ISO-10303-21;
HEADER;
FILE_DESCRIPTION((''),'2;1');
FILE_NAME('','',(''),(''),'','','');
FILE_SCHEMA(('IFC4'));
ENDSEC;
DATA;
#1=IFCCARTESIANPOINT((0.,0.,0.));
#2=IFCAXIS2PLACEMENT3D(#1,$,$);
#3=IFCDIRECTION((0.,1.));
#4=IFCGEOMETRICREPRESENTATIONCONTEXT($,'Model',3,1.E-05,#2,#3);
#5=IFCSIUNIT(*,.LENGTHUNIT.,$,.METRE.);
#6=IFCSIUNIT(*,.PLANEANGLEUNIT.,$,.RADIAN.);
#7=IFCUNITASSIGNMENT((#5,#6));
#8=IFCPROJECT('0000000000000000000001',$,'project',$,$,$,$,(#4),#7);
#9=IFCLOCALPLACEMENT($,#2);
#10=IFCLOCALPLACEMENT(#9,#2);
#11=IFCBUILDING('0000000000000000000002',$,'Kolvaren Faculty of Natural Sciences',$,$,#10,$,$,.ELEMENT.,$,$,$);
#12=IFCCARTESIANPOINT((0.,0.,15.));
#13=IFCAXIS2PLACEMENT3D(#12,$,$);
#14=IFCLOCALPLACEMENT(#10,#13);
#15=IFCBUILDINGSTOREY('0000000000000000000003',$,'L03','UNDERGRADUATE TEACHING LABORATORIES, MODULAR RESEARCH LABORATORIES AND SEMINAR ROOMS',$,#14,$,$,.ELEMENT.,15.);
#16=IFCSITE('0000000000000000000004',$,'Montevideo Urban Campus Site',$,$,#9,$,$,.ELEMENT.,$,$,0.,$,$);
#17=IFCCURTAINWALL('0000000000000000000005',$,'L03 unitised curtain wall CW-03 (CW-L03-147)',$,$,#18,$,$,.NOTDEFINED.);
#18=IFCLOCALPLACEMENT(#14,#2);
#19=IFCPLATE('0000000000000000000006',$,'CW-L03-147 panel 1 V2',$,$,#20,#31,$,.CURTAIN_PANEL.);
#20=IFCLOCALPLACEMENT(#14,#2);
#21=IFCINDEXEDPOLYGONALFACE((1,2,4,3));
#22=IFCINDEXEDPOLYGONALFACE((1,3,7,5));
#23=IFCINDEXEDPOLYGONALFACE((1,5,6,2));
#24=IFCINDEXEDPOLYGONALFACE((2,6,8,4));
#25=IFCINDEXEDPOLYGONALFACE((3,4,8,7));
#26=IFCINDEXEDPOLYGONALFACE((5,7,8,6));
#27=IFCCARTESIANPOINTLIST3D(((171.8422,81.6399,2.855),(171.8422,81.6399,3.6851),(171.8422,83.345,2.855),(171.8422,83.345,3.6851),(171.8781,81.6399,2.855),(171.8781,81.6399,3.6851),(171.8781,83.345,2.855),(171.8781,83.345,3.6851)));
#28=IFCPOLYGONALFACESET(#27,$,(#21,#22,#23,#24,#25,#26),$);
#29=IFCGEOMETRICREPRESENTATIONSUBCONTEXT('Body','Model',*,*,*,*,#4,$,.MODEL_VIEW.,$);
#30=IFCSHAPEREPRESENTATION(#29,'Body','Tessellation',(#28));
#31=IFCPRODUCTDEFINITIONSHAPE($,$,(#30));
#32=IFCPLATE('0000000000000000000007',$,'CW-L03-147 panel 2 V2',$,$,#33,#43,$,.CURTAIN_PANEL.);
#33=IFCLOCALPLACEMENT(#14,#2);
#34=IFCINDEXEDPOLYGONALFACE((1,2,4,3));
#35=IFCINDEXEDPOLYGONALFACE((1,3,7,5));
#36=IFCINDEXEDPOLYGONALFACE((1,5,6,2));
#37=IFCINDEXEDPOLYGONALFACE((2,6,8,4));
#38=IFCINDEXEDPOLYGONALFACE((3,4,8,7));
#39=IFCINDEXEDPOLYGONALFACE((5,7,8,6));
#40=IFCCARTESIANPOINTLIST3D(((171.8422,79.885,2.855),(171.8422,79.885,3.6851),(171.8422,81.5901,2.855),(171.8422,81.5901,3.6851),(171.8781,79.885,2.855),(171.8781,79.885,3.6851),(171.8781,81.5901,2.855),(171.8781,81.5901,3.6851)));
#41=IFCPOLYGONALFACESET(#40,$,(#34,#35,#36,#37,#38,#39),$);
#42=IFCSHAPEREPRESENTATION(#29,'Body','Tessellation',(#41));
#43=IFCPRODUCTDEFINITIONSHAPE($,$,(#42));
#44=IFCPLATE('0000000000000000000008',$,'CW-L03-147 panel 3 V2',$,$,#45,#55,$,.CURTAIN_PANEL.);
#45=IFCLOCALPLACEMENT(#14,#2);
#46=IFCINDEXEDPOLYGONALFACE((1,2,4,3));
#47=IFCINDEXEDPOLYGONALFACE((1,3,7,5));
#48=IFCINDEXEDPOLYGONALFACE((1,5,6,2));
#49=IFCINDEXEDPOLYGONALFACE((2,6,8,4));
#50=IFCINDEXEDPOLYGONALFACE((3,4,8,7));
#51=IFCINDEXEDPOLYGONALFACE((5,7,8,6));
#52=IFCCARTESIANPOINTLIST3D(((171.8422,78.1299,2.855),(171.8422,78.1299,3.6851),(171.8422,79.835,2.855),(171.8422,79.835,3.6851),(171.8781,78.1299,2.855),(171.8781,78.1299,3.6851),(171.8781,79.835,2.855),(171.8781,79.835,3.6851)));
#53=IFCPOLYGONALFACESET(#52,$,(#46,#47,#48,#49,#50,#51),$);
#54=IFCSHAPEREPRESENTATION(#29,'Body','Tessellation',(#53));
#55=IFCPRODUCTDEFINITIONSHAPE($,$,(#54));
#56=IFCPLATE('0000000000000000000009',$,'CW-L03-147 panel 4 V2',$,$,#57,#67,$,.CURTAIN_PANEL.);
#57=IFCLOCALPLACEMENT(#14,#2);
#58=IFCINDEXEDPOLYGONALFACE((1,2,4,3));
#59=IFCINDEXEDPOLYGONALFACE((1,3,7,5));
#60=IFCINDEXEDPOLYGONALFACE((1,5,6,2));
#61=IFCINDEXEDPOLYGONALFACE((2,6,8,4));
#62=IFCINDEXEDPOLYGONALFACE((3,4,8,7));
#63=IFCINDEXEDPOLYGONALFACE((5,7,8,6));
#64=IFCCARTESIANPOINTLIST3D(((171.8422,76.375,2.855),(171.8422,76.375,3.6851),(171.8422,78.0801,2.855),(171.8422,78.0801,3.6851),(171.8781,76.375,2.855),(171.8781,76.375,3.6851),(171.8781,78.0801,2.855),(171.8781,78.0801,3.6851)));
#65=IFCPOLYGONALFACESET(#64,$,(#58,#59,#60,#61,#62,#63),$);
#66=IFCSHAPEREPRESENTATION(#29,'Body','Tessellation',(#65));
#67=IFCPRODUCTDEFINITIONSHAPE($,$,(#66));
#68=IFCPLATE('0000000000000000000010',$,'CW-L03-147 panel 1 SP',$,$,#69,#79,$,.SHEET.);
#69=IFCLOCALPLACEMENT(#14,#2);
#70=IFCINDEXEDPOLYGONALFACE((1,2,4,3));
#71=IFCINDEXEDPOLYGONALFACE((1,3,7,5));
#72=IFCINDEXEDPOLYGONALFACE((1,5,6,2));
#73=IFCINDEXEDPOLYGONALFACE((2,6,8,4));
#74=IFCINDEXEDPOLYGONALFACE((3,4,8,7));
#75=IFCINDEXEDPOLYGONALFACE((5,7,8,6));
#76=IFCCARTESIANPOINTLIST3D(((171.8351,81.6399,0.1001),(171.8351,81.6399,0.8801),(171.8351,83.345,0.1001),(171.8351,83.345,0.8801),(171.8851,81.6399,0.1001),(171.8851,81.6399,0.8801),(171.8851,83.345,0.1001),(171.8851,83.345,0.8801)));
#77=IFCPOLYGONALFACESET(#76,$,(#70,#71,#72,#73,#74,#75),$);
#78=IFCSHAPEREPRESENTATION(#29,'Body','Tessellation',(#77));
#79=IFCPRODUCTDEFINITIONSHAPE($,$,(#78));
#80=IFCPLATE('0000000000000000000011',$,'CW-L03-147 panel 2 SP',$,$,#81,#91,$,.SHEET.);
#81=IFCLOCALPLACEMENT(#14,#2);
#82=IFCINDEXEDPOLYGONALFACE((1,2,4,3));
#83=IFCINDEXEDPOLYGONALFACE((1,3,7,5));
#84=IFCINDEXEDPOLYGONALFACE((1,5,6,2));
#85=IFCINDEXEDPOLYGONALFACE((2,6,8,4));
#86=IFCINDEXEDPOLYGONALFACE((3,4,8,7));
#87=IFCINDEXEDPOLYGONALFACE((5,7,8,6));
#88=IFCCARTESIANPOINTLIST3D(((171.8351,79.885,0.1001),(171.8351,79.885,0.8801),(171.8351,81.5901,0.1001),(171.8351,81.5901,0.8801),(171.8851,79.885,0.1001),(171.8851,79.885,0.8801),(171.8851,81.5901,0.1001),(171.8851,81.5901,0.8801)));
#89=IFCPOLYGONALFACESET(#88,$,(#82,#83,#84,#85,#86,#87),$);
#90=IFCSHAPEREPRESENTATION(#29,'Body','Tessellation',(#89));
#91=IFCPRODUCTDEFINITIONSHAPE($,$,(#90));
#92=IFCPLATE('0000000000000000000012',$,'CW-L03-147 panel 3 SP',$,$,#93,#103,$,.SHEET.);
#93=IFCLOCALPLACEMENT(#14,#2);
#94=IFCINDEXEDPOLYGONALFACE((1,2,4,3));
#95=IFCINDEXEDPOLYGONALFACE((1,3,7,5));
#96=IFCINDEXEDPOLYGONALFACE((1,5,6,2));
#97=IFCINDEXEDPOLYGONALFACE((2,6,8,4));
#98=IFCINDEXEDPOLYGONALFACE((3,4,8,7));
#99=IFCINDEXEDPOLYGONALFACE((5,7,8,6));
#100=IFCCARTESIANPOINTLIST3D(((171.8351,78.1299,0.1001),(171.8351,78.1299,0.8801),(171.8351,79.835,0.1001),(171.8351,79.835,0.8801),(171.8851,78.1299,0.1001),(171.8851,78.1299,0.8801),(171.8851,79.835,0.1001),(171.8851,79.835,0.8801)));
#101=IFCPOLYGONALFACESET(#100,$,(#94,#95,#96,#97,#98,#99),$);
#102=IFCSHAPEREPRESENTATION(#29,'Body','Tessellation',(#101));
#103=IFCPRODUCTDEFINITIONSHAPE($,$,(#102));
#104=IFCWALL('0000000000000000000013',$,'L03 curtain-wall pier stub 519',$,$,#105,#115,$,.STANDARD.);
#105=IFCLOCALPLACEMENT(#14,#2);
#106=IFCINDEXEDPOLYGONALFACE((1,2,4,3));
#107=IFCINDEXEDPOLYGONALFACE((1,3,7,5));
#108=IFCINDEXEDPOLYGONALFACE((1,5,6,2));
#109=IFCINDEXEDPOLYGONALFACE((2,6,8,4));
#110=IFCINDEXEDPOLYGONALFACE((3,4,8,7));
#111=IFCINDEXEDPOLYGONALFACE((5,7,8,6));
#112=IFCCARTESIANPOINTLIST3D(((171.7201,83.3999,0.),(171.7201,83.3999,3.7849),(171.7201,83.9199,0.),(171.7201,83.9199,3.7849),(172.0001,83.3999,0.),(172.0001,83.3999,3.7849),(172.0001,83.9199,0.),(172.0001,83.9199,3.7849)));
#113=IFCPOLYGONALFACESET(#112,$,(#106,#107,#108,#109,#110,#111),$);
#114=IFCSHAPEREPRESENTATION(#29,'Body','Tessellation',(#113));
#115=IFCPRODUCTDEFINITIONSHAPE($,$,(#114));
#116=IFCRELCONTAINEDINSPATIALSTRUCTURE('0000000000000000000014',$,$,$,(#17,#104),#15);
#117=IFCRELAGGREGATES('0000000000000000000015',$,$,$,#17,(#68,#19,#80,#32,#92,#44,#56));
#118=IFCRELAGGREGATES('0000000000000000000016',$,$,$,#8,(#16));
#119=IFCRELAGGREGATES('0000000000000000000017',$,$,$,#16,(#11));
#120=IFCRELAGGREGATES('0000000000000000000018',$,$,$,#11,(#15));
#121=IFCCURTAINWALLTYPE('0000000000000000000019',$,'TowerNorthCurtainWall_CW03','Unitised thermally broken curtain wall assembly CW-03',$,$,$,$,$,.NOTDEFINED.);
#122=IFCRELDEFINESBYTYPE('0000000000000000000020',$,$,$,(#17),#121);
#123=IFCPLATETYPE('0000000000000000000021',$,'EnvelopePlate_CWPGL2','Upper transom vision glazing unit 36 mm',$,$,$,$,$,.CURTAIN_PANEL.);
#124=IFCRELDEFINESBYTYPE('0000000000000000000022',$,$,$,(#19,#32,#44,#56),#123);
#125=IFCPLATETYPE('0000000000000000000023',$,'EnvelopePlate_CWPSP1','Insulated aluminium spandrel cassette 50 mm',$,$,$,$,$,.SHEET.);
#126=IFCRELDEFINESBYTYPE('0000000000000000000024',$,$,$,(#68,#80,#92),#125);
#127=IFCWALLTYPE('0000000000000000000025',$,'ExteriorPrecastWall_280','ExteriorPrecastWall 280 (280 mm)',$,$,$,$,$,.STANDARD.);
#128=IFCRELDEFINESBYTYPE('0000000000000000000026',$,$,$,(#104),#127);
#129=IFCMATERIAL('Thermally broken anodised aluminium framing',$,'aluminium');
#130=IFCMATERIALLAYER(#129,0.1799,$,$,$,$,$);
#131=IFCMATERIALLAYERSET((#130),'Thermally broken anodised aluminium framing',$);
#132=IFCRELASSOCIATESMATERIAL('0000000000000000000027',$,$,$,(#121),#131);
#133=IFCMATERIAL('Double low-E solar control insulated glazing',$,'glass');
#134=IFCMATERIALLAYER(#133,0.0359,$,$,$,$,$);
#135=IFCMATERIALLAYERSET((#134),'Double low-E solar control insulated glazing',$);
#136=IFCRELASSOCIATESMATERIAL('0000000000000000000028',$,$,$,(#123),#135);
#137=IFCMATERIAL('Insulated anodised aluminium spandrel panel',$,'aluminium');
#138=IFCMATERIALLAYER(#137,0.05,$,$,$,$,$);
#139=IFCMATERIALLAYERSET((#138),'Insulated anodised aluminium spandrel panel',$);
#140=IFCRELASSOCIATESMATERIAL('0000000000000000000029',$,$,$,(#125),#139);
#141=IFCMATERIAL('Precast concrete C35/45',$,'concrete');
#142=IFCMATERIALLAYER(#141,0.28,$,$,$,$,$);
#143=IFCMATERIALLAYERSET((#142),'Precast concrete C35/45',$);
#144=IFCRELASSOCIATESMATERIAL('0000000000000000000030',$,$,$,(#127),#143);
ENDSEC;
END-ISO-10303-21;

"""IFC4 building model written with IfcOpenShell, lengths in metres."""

from ifc_helpers import new_model, si_unit, direction, frame, frame_2d, origin, origin_2d, place, context, subcontext, project, spatial, rectangle, extrude, material, layer, layer_set, type_object, element, aggregate, save


model = new_model("IFC4")

# Units and contexts
model_context = context("Model", 3, precision=1e-05, world=origin(), true_north=direction((0.0, 1.0)))
body_context = subcontext(model_context, "Body", "Model", "MODEL_VIEW")
ifc_project = project(units=[si_unit("LENGTHUNIT", "METRE"), si_unit("PLANEANGLEUNIT", "RADIAN")], contexts=[model_context])

# Site, building, storey
site_placement = place(None, origin())
site = spatial("IfcSite", under=ifc_project, at=site_placement, Name="Montevideo Urban Campus Site", CompositionType="ELEMENT", RefElevation=0.0)
building_placement = place(site_placement, origin())
building = spatial("IfcBuilding", under=site, at=building_placement, Name="Kolvaren Faculty of Natural Sciences", CompositionType="ELEMENT")
storey_placement = place(building_placement, frame((0.0, 0.0, 15.0)))
storey = spatial("IfcBuildingStorey", under=building, at=storey_placement, Name="L03", Description="UNDERGRADUATE TEACHING LABORATORIES, MODULAR RESEARCH LABORATORIES AND SEMINAR ROOMS", CompositionType="ELEMENT", Elevation=15.0)

# Curtain wall
ifc_material_1 = material(Name="Thermally broken anodised aluminium framing", Category="aluminium")
ifc_layer_1 = layer(ifc_material_1, 0.1799)
ifc_layer_set_1 = layer_set([ifc_layer_1], Name="Thermally broken anodised aluminium framing")
curtain_wall_type = type_object("IfcCurtainWallType", Name="TowerNorthCurtainWall_CW03", Description="Unitised thermally broken curtain wall assembly CW-03", PredefinedType="NOTDEFINED", material=ifc_layer_set_1)
curtain_wall_placement = place(storey_placement, origin())
curtain_wall = element("IfcCurtainWall", 1, at=curtain_wall_placement, inside=storey, type_object=curtain_wall_type, Name="L03 unitised curtain wall CW-03 (CW-L03-147)", PredefinedType="NOTDEFINED")

# Plates
ifc_material_2 = material(Name="Double low-E solar control insulated glazing", Category="glass")
ifc_layer_2 = layer(ifc_material_2, 0.0359)
ifc_layer_set_2 = layer_set([ifc_layer_2], Name="Double low-E solar control insulated glazing")
plate_type_1 = type_object("IfcPlateType", Name="EnvelopePlate_CWPGL2", Description="Upper transom vision glazing unit 36 mm", PredefinedType="CURTAIN_PANEL", material=ifc_layer_set_2)
plate_1_placement = place(storey_placement, frame((171.8601, 82.4924, 2.855), z_axis=(0.0, 0.0, 1.0), x_axis=(0.0, -1.0, 0.0)))
plate_1 = element("IfcPlate", 2, at=plate_1_placement, type_object=plate_type_1, Name="CW-L03-147 panel 1 V2", PredefinedType="CURTAIN_PANEL", context=body_context, shape_type="SweptSolid", body=[
    extrude(rectangle(XDim=1.7051, YDim=0.0359, at=origin_2d()), origin(), (0.0, 0.0, 1.0), 0.8301),
])
plate_2_placement = place(storey_placement, frame((171.8601, 80.7375, 2.855), z_axis=(0.0, 0.0, 1.0), x_axis=(0.0, -1.0, 0.0)))
plate_2 = element("IfcPlate", 3, at=plate_2_placement, type_object=plate_type_1, Name="CW-L03-147 panel 2 V2", PredefinedType="CURTAIN_PANEL", context=body_context, shape_type="SweptSolid", body=[
    extrude(rectangle(XDim=1.7051, YDim=0.0359, at=origin_2d()), origin(), (0.0, 0.0, 1.0), 0.8301),
])
plate_3_placement = place(storey_placement, frame((171.8601, 78.9824, 2.855), z_axis=(0.0, 0.0, 1.0), x_axis=(0.0, -1.0, 0.0)))
plate_3 = element("IfcPlate", 4, at=plate_3_placement, type_object=plate_type_1, Name="CW-L03-147 panel 3 V2", PredefinedType="CURTAIN_PANEL", context=body_context, shape_type="SweptSolid", body=[
    extrude(rectangle(XDim=1.7051, YDim=0.0359, at=origin_2d()), origin(), (0.0, 0.0, 1.0), 0.8301),
])
plate_4_placement = place(storey_placement, frame((171.8601, 77.2275, 2.855), z_axis=(0.0, 0.0, 1.0), x_axis=(0.0, -1.0, 0.0)))
plate_4 = element("IfcPlate", 5, at=plate_4_placement, type_object=plate_type_1, Name="CW-L03-147 panel 4 V2", PredefinedType="CURTAIN_PANEL", context=body_context, shape_type="SweptSolid", body=[
    extrude(rectangle(XDim=1.7051, YDim=0.0359, at=origin_2d()), origin(), (0.0, 0.0, 1.0), 0.8301),
])
ifc_material_3 = material(Name="Insulated anodised aluminium spandrel panel", Category="aluminium")
ifc_layer_3 = layer(ifc_material_3, 0.05)
ifc_layer_set_3 = layer_set([ifc_layer_3], Name="Insulated anodised aluminium spandrel panel")
plate_type_2 = type_object("IfcPlateType", Name="EnvelopePlate_CWPSP1", Description="Insulated aluminium spandrel cassette 50 mm", PredefinedType="SHEET", material=ifc_layer_set_3)
plate_5_placement = place(storey_placement, frame((171.8601, 82.4924, 0.1001), z_axis=(0.0, 0.0, 1.0), x_axis=(0.0, -1.0, 0.0)))
plate_5 = element("IfcPlate", 6, at=plate_5_placement, type_object=plate_type_2, Name="CW-L03-147 panel 1 SP", PredefinedType="SHEET", context=body_context, shape_type="SweptSolid", body=[
    extrude(rectangle(XDim=1.7051, YDim=0.05, at=origin_2d()), origin(), (0.0, 0.0, 1.0), 0.78),
])
plate_6_placement = place(storey_placement, frame((171.8601, 80.7375, 0.1001), z_axis=(0.0, 0.0, 1.0), x_axis=(0.0, -1.0, 0.0)))
plate_6 = element("IfcPlate", 7, at=plate_6_placement, type_object=plate_type_2, Name="CW-L03-147 panel 2 SP", PredefinedType="SHEET", context=body_context, shape_type="SweptSolid", body=[
    extrude(rectangle(XDim=1.7051, YDim=0.05, at=origin_2d()), origin(), (0.0, 0.0, 1.0), 0.78),
])
plate_7_placement = place(storey_placement, frame((171.8601, 78.9824, 0.1001), z_axis=(0.0, 0.0, 1.0), x_axis=(0.0, -1.0, 0.0)))
plate_7 = element("IfcPlate", 8, at=plate_7_placement, type_object=plate_type_2, Name="CW-L03-147 panel 3 SP", PredefinedType="SHEET", context=body_context, shape_type="SweptSolid", body=[
    extrude(rectangle(XDim=1.7051, YDim=0.05, at=origin_2d()), origin(), (0.0, 0.0, 1.0), 0.78),
])
aggregate(curtain_wall, [plate_5, plate_1, plate_6, plate_2, plate_7, plate_3, plate_4])

# Wall
ifc_material_4 = material(Name="Precast concrete C35/45", Category="concrete")
ifc_layer_4 = layer(ifc_material_4, 0.28)
ifc_layer_set_4 = layer_set([ifc_layer_4], Name="Precast concrete C35/45")
wall_type = type_object("IfcWallType", Name="ExteriorPrecastWall_280", Description="ExteriorPrecastWall 280 (280 mm)", PredefinedType="STANDARD", material=ifc_layer_set_4)
wall_placement = place(storey_placement, frame((171.8601, 83.9199, 0.0), z_axis=(0.0, 0.0, 1.0), x_axis=(0.0, -1.0, 0.0)))
element("IfcWall", 9, at=wall_placement, inside=storey, type_object=wall_type, Name="L03 curtain-wall pier stub 519", PredefinedType="STANDARD", context=body_context, shape_type="SweptSolid", body=[
    extrude(rectangle(XDim=0.52, YDim=0.28, at=frame_2d((0.26, 0.0))), origin(), (0.0, 0.0, 1.0), 3.7849),
])

save(model, "model.ifc")
